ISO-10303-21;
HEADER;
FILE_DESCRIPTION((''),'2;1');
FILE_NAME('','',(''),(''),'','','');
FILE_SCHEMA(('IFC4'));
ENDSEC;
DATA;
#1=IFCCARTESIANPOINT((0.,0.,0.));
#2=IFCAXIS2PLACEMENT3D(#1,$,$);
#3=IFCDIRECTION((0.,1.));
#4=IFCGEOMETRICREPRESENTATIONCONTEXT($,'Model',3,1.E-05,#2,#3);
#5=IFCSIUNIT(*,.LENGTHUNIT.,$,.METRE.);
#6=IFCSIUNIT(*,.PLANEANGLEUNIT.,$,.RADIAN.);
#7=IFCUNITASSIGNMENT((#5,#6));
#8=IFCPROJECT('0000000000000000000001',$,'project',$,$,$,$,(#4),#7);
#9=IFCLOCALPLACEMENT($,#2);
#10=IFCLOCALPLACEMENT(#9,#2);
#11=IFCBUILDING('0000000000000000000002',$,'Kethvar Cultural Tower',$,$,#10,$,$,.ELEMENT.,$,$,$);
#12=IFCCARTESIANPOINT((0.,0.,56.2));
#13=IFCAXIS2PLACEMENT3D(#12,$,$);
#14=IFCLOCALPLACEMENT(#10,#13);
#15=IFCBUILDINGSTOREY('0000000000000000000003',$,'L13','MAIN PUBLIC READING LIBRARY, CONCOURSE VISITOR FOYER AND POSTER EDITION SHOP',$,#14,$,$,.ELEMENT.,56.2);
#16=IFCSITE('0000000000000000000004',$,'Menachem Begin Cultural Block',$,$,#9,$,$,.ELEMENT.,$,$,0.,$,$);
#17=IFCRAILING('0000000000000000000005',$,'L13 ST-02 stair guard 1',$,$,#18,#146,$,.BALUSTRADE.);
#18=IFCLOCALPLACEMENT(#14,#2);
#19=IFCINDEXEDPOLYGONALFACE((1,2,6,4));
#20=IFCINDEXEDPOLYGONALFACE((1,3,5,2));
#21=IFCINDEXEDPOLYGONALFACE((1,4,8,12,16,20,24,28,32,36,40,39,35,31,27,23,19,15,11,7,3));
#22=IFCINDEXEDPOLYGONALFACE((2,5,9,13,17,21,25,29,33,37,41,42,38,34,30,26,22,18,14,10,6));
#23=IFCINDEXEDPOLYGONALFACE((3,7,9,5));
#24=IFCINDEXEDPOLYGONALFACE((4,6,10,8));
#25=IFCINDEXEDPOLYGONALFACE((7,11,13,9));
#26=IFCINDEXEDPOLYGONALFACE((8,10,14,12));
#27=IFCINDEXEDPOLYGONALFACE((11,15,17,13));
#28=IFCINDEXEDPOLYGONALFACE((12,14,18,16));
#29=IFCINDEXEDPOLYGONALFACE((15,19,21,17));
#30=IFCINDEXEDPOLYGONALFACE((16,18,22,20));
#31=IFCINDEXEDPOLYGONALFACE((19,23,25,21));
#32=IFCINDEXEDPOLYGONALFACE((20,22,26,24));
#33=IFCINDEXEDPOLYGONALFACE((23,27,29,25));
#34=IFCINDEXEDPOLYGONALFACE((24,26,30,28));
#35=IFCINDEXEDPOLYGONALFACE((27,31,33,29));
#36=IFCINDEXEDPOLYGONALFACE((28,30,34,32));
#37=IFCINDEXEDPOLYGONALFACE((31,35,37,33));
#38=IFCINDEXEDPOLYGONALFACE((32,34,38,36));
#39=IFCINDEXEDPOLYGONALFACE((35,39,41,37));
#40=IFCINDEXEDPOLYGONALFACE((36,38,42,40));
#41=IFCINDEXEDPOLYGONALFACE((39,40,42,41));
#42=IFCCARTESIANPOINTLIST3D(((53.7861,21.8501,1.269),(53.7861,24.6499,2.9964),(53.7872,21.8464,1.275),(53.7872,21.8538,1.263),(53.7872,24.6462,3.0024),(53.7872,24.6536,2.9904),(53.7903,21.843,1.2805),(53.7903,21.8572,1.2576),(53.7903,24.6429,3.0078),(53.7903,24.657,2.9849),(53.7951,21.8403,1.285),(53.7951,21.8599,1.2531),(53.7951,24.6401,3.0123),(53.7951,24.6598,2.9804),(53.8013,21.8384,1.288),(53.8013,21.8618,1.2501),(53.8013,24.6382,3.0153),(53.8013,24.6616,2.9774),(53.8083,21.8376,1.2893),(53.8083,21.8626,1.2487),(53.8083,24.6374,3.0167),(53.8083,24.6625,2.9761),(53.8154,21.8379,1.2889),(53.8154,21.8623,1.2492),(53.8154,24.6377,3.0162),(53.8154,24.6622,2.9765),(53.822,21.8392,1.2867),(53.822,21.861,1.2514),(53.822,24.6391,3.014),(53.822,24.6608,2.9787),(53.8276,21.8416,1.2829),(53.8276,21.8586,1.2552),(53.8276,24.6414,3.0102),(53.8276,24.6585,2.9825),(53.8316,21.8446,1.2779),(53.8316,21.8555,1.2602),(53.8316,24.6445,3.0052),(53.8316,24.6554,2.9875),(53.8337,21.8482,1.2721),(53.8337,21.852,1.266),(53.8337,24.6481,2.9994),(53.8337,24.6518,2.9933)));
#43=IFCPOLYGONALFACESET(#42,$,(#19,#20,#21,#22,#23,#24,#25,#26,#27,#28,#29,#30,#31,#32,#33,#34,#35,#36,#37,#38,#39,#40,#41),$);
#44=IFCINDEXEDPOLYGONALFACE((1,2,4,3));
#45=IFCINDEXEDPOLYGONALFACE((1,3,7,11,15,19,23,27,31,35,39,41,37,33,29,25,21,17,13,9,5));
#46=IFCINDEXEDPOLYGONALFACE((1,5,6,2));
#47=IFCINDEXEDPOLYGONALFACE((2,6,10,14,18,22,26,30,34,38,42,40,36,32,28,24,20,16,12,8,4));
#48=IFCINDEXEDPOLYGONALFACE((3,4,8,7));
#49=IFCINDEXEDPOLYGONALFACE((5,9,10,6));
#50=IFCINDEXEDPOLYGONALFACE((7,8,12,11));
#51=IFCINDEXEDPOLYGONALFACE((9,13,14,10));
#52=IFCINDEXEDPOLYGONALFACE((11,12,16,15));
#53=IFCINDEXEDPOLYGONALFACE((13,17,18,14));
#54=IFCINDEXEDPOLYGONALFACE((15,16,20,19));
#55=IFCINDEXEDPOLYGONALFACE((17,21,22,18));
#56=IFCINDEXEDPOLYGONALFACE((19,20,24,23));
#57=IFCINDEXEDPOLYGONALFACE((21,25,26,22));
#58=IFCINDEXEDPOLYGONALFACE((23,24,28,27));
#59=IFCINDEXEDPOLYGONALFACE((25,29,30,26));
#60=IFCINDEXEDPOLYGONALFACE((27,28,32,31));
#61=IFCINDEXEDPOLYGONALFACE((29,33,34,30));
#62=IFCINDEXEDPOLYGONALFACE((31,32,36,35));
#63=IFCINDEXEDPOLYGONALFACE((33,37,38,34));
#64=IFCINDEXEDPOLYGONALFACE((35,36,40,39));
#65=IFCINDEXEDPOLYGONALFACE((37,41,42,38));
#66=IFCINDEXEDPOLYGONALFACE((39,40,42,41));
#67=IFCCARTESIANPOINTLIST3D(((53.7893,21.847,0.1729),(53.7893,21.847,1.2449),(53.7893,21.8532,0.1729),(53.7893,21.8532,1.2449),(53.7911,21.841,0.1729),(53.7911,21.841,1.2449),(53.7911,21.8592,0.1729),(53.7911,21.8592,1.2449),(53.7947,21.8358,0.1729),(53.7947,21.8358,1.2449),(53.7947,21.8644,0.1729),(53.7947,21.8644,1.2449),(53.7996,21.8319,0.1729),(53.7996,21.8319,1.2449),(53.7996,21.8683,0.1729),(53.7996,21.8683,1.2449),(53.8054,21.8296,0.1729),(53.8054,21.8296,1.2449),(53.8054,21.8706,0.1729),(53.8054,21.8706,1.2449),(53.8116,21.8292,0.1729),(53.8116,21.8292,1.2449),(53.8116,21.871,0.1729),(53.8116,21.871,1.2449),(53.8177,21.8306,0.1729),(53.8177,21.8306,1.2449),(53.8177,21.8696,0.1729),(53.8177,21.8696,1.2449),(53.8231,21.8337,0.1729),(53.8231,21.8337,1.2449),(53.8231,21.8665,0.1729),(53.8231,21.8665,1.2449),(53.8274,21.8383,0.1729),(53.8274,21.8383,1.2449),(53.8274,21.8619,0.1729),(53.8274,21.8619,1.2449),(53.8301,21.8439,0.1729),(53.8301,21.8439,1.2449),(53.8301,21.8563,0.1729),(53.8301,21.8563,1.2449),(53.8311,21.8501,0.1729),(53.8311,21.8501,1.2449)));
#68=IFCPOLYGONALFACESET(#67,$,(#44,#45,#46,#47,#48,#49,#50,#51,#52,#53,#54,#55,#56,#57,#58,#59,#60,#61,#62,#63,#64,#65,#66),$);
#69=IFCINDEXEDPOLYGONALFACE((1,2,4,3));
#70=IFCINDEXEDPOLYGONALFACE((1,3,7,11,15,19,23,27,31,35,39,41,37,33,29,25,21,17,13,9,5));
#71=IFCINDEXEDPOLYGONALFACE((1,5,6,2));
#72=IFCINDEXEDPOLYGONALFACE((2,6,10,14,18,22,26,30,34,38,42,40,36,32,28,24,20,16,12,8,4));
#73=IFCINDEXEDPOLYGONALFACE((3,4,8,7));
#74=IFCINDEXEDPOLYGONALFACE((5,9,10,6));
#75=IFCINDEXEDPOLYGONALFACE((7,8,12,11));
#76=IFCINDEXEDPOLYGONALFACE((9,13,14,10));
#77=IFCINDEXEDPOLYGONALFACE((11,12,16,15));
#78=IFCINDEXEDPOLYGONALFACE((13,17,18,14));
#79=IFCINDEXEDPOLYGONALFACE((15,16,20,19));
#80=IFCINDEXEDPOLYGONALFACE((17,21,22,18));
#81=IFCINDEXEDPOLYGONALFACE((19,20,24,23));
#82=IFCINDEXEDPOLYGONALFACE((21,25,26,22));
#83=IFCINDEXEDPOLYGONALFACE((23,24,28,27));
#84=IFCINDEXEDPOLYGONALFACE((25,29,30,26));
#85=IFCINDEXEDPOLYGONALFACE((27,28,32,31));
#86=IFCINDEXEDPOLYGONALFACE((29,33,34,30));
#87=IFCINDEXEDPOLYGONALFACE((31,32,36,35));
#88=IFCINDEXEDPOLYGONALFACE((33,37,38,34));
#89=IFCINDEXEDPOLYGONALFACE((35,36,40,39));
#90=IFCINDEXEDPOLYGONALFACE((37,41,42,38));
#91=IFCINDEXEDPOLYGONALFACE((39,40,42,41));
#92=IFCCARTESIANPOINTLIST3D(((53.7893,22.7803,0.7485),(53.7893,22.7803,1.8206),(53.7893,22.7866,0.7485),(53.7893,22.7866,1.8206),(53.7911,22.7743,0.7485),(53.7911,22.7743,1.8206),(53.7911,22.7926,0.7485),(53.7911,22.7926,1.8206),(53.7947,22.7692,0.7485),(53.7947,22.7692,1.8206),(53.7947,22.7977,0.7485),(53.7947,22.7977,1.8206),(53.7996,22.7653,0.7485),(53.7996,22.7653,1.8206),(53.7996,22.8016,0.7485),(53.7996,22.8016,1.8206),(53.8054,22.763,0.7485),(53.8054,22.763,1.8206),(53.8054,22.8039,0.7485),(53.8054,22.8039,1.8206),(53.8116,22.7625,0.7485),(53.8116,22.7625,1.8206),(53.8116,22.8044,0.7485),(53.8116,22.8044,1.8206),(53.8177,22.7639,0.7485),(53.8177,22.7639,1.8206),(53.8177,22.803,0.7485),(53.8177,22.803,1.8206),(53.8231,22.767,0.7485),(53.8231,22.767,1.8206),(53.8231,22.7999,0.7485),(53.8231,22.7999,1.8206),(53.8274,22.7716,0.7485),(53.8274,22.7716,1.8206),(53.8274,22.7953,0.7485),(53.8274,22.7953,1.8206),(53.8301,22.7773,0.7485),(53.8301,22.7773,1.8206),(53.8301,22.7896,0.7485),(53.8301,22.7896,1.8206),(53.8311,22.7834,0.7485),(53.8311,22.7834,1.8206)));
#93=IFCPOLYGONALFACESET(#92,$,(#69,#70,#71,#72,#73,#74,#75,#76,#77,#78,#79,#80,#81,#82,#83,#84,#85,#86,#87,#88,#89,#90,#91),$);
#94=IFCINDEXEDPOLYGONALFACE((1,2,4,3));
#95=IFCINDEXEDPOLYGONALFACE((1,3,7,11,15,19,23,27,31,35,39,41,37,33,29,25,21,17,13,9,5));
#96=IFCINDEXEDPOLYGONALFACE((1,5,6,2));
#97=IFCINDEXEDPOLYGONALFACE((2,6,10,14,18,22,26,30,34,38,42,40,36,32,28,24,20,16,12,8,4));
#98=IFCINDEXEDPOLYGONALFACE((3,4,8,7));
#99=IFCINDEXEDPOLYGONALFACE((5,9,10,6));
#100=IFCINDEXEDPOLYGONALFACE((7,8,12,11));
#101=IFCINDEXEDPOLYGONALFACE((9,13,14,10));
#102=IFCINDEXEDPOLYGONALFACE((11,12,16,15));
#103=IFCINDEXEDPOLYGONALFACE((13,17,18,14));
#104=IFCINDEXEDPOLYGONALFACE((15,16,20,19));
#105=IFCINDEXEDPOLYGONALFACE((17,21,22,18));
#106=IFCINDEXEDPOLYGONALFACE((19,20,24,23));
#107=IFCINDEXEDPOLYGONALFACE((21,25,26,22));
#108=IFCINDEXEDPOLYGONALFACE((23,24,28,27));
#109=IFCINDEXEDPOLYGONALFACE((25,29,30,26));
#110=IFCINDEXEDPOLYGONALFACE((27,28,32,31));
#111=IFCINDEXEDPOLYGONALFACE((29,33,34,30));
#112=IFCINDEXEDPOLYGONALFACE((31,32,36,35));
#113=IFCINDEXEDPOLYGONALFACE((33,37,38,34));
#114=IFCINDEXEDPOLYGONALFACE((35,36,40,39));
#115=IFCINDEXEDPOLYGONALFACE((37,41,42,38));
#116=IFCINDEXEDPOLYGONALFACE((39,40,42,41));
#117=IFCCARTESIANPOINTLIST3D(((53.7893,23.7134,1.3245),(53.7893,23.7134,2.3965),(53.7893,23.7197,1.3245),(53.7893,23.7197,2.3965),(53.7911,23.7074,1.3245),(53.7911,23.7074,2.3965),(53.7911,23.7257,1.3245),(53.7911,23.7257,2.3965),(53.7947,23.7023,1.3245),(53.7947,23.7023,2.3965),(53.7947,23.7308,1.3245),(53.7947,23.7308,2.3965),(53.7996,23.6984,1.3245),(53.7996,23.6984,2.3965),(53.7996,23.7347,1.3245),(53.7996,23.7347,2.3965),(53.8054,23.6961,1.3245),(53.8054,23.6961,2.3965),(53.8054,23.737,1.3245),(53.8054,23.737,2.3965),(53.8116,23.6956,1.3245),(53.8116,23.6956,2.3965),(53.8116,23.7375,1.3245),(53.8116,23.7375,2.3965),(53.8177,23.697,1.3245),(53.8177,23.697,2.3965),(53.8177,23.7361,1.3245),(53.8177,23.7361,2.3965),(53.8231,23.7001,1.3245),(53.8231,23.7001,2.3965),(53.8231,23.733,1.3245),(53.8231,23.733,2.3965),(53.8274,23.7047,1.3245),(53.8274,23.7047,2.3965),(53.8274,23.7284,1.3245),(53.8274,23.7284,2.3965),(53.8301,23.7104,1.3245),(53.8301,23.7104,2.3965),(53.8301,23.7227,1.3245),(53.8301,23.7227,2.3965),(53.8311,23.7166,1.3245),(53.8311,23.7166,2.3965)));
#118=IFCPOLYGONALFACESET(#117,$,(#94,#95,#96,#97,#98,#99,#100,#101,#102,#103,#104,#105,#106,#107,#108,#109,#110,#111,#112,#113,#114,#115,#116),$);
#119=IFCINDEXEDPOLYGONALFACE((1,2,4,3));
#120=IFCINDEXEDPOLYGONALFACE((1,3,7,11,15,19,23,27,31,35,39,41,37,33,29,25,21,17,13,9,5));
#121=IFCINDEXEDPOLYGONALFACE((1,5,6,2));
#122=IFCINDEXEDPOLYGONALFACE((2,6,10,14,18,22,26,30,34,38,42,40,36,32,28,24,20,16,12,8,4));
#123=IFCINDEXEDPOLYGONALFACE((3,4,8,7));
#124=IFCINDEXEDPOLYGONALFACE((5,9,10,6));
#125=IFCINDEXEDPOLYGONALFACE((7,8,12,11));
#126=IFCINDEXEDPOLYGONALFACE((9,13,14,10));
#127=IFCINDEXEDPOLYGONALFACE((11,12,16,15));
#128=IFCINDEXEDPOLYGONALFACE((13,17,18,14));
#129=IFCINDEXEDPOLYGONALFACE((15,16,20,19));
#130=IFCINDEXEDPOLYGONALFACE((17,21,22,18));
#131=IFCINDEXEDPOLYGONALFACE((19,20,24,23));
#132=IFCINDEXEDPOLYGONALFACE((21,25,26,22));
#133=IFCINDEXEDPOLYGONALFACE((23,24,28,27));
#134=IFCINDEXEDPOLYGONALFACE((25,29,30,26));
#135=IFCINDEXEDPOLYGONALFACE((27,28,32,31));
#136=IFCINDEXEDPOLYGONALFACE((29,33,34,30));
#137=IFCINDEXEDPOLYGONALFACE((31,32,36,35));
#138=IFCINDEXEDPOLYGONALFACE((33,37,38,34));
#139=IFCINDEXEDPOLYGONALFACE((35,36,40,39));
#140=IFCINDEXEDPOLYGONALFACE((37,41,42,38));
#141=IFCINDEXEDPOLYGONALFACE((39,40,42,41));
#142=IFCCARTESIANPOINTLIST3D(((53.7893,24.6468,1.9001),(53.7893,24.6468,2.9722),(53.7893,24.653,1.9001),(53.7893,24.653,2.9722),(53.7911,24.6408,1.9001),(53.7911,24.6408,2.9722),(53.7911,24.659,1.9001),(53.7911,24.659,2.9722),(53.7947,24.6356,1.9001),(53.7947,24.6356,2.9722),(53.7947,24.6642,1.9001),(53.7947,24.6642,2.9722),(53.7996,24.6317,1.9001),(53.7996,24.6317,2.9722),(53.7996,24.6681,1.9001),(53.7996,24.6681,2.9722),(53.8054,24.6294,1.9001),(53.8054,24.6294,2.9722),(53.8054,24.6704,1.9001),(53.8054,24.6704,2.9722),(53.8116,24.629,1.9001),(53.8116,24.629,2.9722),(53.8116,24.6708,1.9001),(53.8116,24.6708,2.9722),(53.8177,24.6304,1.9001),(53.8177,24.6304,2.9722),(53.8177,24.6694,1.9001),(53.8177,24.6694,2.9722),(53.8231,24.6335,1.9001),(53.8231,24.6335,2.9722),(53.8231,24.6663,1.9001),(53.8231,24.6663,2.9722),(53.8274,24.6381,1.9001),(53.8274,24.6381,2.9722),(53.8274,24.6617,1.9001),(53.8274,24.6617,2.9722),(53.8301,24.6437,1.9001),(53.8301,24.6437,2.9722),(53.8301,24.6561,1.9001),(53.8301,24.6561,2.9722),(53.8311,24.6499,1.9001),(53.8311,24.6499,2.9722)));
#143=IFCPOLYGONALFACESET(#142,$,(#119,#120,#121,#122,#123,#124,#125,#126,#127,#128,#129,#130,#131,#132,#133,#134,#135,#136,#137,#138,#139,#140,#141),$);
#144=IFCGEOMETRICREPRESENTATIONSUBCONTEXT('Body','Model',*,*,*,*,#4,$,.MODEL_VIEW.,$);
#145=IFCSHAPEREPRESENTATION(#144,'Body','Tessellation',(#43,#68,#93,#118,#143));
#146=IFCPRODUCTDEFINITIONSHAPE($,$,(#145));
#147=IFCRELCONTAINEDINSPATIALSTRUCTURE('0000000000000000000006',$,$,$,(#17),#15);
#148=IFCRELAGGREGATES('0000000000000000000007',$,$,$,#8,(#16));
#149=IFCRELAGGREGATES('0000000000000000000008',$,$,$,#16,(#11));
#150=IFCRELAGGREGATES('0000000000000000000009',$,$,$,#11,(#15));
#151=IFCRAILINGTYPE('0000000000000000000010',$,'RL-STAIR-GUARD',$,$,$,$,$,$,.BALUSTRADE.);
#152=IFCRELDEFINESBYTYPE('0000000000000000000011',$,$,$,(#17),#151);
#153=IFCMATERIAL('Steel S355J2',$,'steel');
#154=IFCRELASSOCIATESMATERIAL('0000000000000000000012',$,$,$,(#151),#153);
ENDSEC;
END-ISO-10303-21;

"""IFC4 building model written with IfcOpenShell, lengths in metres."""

from ifc_helpers import new_model, si_unit, direction, frame, origin, origin_2d, place, context, subcontext, project, spatial, circle, extrude, material, type_object, element, save


model = new_model("IFC4")

# Units and contexts
model_context = context("Model", 3, precision=1e-05, world=origin(), true_north=direction((0.0, 1.0)))
body_context = subcontext(model_context, "Body", "Model", "MODEL_VIEW")
ifc_project = project(units=[si_unit("LENGTHUNIT", "METRE"), si_unit("PLANEANGLEUNIT", "RADIAN")], contexts=[model_context])

# Site, building, storey
site_placement = place(None, origin())
site = spatial("IfcSite", under=ifc_project, at=site_placement, Name="Menachem Begin Cultural Block", CompositionType="ELEMENT", RefElevation=0.0)
building_placement = place(site_placement, origin())
building = spatial("IfcBuilding", under=site, at=building_placement, Name="Kethvar Cultural Tower", CompositionType="ELEMENT")
storey_placement = place(building_placement, frame((0.0, 0.0, 56.2)))
storey = spatial("IfcBuildingStorey", under=building, at=storey_placement, Name="L13", Description="MAIN PUBLIC READING LIBRARY, CONCOURSE VISITOR FOYER AND POSTER EDITION SHOP", CompositionType="ELEMENT", Elevation=56.2)

# Shared definitions
ifc_material_1 = material(Name="Steel S355J2", Category="steel")

# Railing
railing_type_1 = type_object("IfcRailingType", Name="RL-STAIR-GUARD", PredefinedType="BALUSTRADE", material=ifc_material_1)
railing_1_placement = place(storey_placement, frame((53.8101, 21.8501, 0.1729)))
element("IfcRailing", 1, at=railing_1_placement, inside=storey, type_object=railing_type_1, Name="L13 ST-02 stair guard 1", PredefinedType="BALUSTRADE", context=body_context, shape_type="SweptSolid", body=[
    extrude(circle(Radius=0.0239, at=origin_2d()), frame((0.0, 0.0, 1.0962), z_axis=(0.0, 0.851069, 0.525054), x_axis=(-1.0, 0.0, 0.0)), (0.0, 0.0, 1.0), 3.2898),
    extrude(circle(Radius=0.021, at=origin_2d()), origin(), (0.0, 0.0, 1.0), 1.072),
    extrude(circle(Radius=0.021, at=origin_2d()), frame((0.0, 0.9333, 0.5757)), (0.0, 0.0, 1.0), 1.072),
    extrude(circle(Radius=0.021, at=origin_2d()), frame((0.0, 1.8665, 1.1516)), (0.0, 0.0, 1.0), 1.072),
    extrude(circle(Radius=0.021, at=origin_2d()), frame((0.0, 2.7998, 1.7273)), (0.0, 0.0, 1.0), 1.072),
])

save(model, "model.ifc")
